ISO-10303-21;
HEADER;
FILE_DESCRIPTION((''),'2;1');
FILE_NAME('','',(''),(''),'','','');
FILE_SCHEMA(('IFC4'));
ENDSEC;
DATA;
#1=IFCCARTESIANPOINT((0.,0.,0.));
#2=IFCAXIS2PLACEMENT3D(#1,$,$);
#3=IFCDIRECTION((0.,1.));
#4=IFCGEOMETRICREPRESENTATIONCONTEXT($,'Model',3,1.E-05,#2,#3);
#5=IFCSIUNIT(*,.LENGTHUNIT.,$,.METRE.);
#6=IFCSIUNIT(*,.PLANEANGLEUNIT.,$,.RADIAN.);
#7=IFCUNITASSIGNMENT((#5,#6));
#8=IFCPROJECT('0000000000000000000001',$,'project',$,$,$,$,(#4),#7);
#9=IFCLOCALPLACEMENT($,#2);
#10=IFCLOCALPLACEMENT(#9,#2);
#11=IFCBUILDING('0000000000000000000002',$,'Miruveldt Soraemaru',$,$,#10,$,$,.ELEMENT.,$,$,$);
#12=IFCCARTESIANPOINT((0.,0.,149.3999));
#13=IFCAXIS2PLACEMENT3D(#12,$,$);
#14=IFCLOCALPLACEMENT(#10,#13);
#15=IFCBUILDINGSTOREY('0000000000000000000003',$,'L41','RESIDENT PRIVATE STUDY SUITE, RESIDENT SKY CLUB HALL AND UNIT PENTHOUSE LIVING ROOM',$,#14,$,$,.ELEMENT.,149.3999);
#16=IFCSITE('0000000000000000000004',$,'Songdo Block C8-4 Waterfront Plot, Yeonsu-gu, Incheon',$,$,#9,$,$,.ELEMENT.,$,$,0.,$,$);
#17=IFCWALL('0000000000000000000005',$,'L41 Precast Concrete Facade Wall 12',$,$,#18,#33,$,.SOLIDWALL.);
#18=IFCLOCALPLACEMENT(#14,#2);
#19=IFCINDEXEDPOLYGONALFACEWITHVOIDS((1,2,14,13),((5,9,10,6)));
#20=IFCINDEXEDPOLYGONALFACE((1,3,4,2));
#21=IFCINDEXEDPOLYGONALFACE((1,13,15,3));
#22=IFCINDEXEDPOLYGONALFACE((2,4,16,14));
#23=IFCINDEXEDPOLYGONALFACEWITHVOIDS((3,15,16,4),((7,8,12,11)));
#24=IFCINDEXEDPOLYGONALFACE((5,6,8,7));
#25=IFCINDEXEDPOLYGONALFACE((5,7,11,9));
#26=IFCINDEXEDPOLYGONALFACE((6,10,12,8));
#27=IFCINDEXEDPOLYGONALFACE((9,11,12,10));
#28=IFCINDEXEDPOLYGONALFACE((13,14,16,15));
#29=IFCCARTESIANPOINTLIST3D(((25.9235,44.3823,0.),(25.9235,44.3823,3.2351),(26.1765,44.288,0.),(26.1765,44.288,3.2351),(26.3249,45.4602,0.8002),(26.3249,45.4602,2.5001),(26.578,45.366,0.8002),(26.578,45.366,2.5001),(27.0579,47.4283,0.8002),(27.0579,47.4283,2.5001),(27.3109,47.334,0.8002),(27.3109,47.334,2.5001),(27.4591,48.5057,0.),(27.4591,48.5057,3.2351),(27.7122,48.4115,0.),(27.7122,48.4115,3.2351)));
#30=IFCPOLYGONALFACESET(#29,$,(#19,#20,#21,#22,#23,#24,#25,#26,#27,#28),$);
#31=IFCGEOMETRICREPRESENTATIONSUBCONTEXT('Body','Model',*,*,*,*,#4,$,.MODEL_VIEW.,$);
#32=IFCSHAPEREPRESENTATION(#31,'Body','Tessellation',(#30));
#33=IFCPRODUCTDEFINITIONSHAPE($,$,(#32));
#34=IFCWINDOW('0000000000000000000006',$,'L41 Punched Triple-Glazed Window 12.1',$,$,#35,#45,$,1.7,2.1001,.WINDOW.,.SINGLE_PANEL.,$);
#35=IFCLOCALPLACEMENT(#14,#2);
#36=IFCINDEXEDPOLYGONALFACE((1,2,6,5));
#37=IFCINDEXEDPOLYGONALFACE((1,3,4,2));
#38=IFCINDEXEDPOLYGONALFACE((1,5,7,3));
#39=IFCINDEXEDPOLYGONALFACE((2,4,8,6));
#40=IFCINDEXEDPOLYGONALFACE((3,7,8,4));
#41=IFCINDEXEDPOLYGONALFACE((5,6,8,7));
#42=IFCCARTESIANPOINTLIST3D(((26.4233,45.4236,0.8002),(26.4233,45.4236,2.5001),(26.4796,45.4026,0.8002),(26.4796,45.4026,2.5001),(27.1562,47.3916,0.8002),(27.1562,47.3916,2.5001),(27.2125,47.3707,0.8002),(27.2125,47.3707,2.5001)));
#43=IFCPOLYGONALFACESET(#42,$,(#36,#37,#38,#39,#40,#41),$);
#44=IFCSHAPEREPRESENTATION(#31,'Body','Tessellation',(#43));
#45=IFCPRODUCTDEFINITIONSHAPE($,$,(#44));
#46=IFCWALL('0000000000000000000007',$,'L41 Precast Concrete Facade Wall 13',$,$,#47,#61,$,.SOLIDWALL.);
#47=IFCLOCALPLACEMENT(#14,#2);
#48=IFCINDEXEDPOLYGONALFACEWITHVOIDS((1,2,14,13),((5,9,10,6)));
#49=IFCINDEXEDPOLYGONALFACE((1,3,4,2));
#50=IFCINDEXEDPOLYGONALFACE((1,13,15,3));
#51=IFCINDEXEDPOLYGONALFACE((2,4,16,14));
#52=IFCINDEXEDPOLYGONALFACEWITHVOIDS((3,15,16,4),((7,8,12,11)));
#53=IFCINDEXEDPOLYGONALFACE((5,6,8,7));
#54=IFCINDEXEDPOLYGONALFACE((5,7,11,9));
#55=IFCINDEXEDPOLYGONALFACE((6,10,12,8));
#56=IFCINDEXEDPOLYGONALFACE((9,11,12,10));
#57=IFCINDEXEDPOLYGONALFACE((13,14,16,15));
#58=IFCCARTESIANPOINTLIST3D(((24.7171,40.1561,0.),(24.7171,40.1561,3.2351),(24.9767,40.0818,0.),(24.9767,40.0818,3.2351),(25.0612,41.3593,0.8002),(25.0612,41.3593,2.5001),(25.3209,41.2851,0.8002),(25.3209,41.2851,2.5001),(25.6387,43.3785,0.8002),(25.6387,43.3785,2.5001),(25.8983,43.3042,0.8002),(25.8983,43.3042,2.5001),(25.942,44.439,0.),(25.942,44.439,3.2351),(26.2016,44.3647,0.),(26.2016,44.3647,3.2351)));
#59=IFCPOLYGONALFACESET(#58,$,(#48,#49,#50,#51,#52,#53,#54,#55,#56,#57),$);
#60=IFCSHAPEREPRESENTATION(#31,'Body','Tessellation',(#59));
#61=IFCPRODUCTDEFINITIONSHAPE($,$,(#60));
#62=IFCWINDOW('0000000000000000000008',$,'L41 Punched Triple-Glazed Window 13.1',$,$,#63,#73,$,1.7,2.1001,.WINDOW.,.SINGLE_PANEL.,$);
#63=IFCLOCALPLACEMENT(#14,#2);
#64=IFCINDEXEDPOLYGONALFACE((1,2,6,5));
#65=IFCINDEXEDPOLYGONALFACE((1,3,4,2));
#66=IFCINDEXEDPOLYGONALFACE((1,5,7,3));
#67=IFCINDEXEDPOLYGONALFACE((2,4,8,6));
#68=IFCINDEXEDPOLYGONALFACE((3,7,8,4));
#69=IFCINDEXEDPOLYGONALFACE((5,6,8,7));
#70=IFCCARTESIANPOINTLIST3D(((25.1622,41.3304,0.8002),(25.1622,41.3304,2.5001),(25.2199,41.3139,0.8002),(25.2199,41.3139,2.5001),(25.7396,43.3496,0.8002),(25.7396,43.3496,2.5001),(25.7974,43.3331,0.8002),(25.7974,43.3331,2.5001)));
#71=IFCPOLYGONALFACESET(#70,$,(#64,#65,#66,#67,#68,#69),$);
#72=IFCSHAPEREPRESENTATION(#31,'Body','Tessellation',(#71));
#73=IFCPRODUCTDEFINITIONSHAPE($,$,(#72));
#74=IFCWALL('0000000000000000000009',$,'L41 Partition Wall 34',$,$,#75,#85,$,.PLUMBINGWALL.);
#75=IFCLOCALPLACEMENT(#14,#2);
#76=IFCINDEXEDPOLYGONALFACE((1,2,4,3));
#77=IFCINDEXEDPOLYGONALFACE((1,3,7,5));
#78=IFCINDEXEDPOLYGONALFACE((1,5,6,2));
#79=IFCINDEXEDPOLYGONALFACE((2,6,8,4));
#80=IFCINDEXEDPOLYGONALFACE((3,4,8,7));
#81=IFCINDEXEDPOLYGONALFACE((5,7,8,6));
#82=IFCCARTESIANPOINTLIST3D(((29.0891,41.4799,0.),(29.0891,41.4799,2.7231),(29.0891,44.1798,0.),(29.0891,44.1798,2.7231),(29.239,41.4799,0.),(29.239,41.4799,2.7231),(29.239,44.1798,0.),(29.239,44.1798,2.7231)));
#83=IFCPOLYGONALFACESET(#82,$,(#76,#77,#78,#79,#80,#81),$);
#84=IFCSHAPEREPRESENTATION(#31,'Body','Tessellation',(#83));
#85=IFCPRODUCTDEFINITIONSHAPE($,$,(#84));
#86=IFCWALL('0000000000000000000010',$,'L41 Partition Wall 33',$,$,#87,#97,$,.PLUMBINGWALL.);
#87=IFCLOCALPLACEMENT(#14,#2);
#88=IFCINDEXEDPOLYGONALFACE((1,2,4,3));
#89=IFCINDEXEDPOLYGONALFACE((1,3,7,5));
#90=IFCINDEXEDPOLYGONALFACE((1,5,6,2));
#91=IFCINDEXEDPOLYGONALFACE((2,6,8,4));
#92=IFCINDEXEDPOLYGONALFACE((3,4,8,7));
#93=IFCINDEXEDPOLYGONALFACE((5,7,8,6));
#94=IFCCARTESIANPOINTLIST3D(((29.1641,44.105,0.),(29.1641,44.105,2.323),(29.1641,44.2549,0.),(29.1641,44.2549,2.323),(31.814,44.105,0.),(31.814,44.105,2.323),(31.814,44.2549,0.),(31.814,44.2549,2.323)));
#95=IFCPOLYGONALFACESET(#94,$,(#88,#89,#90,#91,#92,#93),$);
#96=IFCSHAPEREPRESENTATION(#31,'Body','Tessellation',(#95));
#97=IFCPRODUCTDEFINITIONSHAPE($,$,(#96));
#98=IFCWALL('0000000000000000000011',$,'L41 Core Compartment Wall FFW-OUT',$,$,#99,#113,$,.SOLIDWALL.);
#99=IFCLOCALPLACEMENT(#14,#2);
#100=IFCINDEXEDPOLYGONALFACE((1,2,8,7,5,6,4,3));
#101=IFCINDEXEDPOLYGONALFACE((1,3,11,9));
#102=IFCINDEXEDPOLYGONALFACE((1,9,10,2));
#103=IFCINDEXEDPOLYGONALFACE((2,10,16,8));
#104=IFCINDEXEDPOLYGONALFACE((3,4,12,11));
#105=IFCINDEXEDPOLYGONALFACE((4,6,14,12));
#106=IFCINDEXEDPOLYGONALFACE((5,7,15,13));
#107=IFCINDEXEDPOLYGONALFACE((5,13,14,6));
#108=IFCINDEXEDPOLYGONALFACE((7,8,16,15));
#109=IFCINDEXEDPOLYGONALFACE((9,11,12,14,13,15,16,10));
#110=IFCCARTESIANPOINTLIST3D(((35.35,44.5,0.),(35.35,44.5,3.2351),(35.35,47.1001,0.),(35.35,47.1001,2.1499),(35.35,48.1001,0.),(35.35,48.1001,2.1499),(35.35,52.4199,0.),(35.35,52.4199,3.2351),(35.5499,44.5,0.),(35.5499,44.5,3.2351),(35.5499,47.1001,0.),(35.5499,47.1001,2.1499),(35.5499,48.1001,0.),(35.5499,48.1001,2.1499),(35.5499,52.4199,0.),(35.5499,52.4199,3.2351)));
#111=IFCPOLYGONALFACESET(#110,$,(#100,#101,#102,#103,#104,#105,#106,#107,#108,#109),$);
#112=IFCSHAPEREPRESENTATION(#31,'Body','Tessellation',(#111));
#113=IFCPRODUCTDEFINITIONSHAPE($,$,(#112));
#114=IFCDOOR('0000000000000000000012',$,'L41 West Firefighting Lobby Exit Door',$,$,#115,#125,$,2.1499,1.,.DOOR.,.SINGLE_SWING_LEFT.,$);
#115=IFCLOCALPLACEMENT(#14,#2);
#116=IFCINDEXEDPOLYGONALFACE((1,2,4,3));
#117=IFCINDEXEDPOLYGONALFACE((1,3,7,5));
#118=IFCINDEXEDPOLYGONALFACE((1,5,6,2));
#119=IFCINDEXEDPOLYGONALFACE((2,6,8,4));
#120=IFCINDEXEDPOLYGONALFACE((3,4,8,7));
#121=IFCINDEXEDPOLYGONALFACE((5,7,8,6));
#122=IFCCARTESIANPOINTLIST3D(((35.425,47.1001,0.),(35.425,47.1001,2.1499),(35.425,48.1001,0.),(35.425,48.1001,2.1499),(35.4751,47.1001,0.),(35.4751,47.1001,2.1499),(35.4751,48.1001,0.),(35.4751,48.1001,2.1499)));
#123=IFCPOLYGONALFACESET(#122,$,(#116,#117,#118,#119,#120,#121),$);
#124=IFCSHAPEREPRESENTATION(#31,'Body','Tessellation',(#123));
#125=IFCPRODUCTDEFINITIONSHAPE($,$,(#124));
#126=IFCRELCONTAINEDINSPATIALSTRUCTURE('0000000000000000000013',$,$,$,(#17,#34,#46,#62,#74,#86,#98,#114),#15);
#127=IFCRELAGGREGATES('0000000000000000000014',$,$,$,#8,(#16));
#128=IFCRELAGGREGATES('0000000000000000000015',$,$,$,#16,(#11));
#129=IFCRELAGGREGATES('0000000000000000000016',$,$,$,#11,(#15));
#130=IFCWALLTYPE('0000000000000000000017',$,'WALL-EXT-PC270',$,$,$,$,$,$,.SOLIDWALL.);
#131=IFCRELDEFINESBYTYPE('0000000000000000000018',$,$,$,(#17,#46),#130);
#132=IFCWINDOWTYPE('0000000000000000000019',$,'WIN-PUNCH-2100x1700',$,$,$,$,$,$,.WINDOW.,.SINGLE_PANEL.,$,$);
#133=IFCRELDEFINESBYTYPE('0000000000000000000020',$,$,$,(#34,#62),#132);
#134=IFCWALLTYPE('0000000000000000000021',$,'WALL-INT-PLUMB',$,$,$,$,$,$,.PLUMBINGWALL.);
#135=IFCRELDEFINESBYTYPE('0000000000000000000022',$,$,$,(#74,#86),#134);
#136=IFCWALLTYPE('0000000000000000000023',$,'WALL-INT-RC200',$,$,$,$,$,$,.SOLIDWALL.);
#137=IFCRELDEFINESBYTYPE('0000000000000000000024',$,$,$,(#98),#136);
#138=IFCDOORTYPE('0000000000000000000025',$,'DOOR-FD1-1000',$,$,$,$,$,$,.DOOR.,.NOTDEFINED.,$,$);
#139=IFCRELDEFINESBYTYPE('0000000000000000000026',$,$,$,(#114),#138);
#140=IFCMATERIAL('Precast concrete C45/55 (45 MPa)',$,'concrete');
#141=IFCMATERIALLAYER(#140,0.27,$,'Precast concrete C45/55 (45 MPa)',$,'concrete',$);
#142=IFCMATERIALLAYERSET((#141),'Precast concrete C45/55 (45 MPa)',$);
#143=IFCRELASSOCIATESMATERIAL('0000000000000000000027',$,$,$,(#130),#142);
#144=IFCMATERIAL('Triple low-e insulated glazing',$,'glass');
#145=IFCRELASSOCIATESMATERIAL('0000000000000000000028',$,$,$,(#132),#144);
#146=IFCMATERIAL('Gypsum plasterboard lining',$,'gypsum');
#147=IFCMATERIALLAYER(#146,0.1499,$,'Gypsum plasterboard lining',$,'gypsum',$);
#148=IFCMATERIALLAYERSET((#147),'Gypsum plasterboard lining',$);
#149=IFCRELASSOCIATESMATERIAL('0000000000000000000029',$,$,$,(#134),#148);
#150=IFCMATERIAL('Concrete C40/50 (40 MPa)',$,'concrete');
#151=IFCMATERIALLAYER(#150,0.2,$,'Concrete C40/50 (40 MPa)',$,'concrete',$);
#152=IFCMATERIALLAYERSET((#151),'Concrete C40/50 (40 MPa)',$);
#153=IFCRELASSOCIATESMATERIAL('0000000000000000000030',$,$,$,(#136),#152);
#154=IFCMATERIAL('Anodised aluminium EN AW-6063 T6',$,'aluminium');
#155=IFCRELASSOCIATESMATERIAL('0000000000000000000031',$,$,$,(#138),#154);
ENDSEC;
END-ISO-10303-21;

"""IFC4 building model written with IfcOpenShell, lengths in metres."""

from ifc_helpers import new_model, si_unit, direction, frame, frame_2d, origin, place, context, subcontext, project, spatial, rectangle, extrude, material, layer, layer_set, type_object, element, fill, save


model = new_model("IFC4")

# Units and contexts
model_context = context("Model", 3, precision=1e-05, world=origin(), true_north=direction((0.0, 1.0)))
body_context = subcontext(model_context, "Body", "Model", "MODEL_VIEW")
ifc_project = project(units=[si_unit("LENGTHUNIT", "METRE"), si_unit("PLANEANGLEUNIT", "RADIAN")], contexts=[model_context])

# Site, building, storey
site_placement = place(None, origin())
site = spatial("IfcSite", under=ifc_project, at=site_placement, Name="Songdo Block C8-4 Waterfront Plot, Yeonsu-gu, Incheon", CompositionType="ELEMENT", RefElevation=0.0)
building_placement = place(site_placement, origin())
building = spatial("IfcBuilding", under=site, at=building_placement, Name="Miruveldt Soraemaru", CompositionType="ELEMENT")
storey_placement = place(building_placement, frame((0.0, 0.0, 149.3999)))
storey = spatial("IfcBuildingStorey", under=building, at=storey_placement, Name="L41", Description="RESIDENT PRIVATE STUDY SUITE, RESIDENT SKY CLUB HALL AND UNIT PENTHOUSE LIVING ROOM", CompositionType="ELEMENT", Elevation=149.3999)

# Shared definitions
ifc_material_1 = material(Name="Concrete C40/50 (40 MPa)", Category="concrete")

# Walls, openings, windows
ifc_material_2 = material(Name="Precast concrete C45/55 (45 MPa)", Category="concrete")
ifc_layer_1 = layer(ifc_material_2, 0.27, Name="Precast concrete C45/55 (45 MPa)", Category="concrete")
ifc_layer_set_1 = layer_set([ifc_layer_1], Name="Precast concrete C45/55 (45 MPa)")
wall_type_1 = type_object("IfcWallType", Name="WALL-EXT-PC270", PredefinedType="SOLIDWALL", material=ifc_layer_set_1)
wall_1_placement = place(storey_placement, frame((27.5857, 48.4587, 0.0), z_axis=(0.0, 0.0, 1.0), x_axis=(-0.348994, -0.937125, 0.0)))
wall_1 = element("IfcWall", 1, at=wall_1_placement, inside=storey, type_object=wall_type_1, Name="L41 Precast Concrete Facade Wall 12", PredefinedType="SOLIDWALL", context=body_context, shape_type="SweptSolid", body=[
    extrude(rectangle(XDim=4.4001, YDim=0.27, at=frame_2d((2.2002, 0.0))), origin(), (0.0, 0.0, 1.0), 3.2351),
])
opening_1_placement = place(wall_1_placement, frame((1.1499, 0.0, 0.8)))
opening_1 = element("IfcOpeningElement", 2, at=opening_1_placement, cuts=wall_1, PredefinedType="OPENING", context=body_context, shape_type="SweptSolid", body=[
    extrude(rectangle(XDim=2.1001, YDim=1.7, at=frame_2d((1.05, 0.8501))), frame((0.0, 0.145, 0.0), z_axis=(0.0, -1.0, 0.0), x_axis=(1.0, 0.0, 0.0)), (0.0, 0.0, 1.0), 0.29),
])
ifc_material_3 = material(Name="Triple low-e insulated glazing", Category="glass")
window_type = type_object("IfcWindowType", Name="WIN-PUNCH-2100x1700", PartitioningType="SINGLE_PANEL", PredefinedType="WINDOW", material=ifc_material_3)
window_1_placement = place(opening_1_placement, origin())
window_1 = element("IfcWindow", 3, at=window_1_placement, inside=storey, type_object=window_type, Name="L41 Punched Triple-Glazed Window 12.1", OverallHeight=1.7, OverallWidth=2.1001, PartitioningType="SINGLE_PANEL", PredefinedType="WINDOW", context=body_context, shape_type="SweptSolid", body=[
    extrude(rectangle(XDim=2.1001, YDim=1.7, at=frame_2d((1.05, 0.8501))), frame((0.0, 0.03, 0.0), z_axis=(0.0, -1.0, 0.0), x_axis=(1.0, 0.0, 0.0)), (0.0, 0.0, 1.0), 0.0601),
])
fill(opening_1, window_1)
wall_2_placement = place(storey_placement, frame((26.0718, 44.4019, 0.0), z_axis=(0.0, 0.0, 1.0), x_axis=(-0.27496, -0.961456, 0.0)))
wall_2 = element("IfcWall", 4, at=wall_2_placement, inside=storey, type_object=wall_type_1, Name="L41 Precast Concrete Facade Wall 13", PredefinedType="SOLIDWALL", context=body_context, shape_type="SweptSolid", body=[
    extrude(rectangle(XDim=4.4546, YDim=0.27, at=frame_2d((2.2273, 0.0))), origin(), (0.0, 0.0, 1.0), 3.2351),
])
opening_2_placement = place(wall_2_placement, frame((1.103, 0.0, 0.8)))
opening_2 = element("IfcOpeningElement", 5, at=opening_2_placement, cuts=wall_2, PredefinedType="OPENING", context=body_context, shape_type="SweptSolid", body=[
    extrude(rectangle(XDim=2.1001, YDim=1.7, at=frame_2d((1.05, 0.8501))), frame((0.0, 0.145, 0.0), z_axis=(0.0, -1.0, 0.0), x_axis=(1.0, 0.0, 0.0)), (0.0, 0.0, 1.0), 0.29),
])
window_2_placement = place(opening_2_placement, origin())
window_2 = element("IfcWindow", 6, at=window_2_placement, inside=storey, type_object=window_type, Name="L41 Punched Triple-Glazed Window 13.1", OverallHeight=1.7, OverallWidth=2.1001, PartitioningType="SINGLE_PANEL", PredefinedType="WINDOW", context=body_context, shape_type="SweptSolid", body=[
    extrude(rectangle(XDim=2.1001, YDim=1.7, at=frame_2d((1.05, 0.8501))), frame((0.0, 0.03, 0.0), z_axis=(0.0, -1.0, 0.0), x_axis=(1.0, 0.0, 0.0)), (0.0, 0.0, 1.0), 0.0601),
])
fill(opening_2, window_2)

# Walls
ifc_material_4 = material(Name="Gypsum plasterboard lining", Category="gypsum")
ifc_layer_2 = layer(ifc_material_4, 0.1499, Name="Gypsum plasterboard lining", Category="gypsum")
ifc_layer_set_2 = layer_set([ifc_layer_2], Name="Gypsum plasterboard lining")
wall_type_2 = type_object("IfcWallType", Name="WALL-INT-PLUMB", PredefinedType="PLUMBINGWALL", material=ifc_layer_set_2)
wall_3_placement = place(storey_placement, frame((29.1641, 44.1799, 0.0), z_axis=(0.0, 0.0, 1.0), x_axis=(0.0, -1.0, 0.0)))
element("IfcWall", 7, at=wall_3_placement, inside=storey, type_object=wall_type_2, Name="L41 Partition Wall 34", PredefinedType="PLUMBINGWALL", context=body_context, shape_type="SweptSolid", body=[
    extrude(rectangle(XDim=2.7, YDim=0.1499, at=frame_2d((1.3501, 0.0))), origin(), (0.0, 0.0, 1.0), 2.7231),
])
wall_4_placement = place(storey_placement, frame((31.814, 44.1799, 0.0), z_axis=(0.0, 0.0, 1.0), x_axis=(-1.0, 0.0, 0.0)))
element("IfcWall", 8, at=wall_4_placement, inside=storey, type_object=wall_type_2, Name="L41 Partition Wall 33", PredefinedType="PLUMBINGWALL", context=body_context, shape_type="SweptSolid", body=[
    extrude(rectangle(XDim=2.6499, YDim=0.1499, at=frame_2d((1.325, 0.0))), origin(), (0.0, 0.0, 1.0), 2.323),
])

# Wall, opening, door
ifc_layer_3 = layer(ifc_material_1, 0.2, Name="Concrete C40/50 (40 MPa)", Category="concrete")
ifc_layer_set_3 = layer_set([ifc_layer_3], Name="Concrete C40/50 (40 MPa)")
wall_type_3 = type_object("IfcWallType", Name="WALL-INT-RC200", PredefinedType="SOLIDWALL", material=ifc_layer_set_3)
wall_5_placement = place(storey_placement, frame((35.45, 44.5, 0.0), z_axis=(0.0, 0.0, 1.0), x_axis=(0.0, 1.0, 0.0)))
wall_5 = element("IfcWall", 9, at=wall_5_placement, inside=storey, type_object=wall_type_3, Name="L41 Core Compartment Wall FFW-OUT", PredefinedType="SOLIDWALL", context=body_context, shape_type="SweptSolid", body=[
    extrude(rectangle(XDim=7.9199, YDim=0.2, at=frame_2d((3.96, 0.0))), origin(), (0.0, 0.0, 1.0), 3.2351),
])
opening_3_placement = place(wall_5_placement, frame((2.6001, 0.0, 0.0)))
opening_3 = element("IfcOpeningElement", 10, at=opening_3_placement, cuts=wall_5, PredefinedType="OPENING", context=body_context, shape_type="SweptSolid", body=[
    extrude(rectangle(XDim=1.0, YDim=2.1499, at=frame_2d((0.5, 1.075))), frame((0.0, 0.1099, 0.0), z_axis=(0.0, -1.0, 0.0), x_axis=(1.0, 0.0, 0.0)), (0.0, 0.0, 1.0), 0.22),
])
ifc_material_5 = material(Name="Anodised aluminium EN AW-6063 T6", Category="aluminium")
door_type_1 = type_object("IfcDoorType", Name="DOOR-FD1-1000", OperationType="NOTDEFINED", PredefinedType="DOOR", material=ifc_material_5)
door_1_placement = place(opening_3_placement, origin())
door_1 = element("IfcDoor", 11, at=door_1_placement, inside=storey, type_object=door_type_1, Name="L41 West Firefighting Lobby Exit Door", OperationType="SINGLE_SWING_LEFT", OverallHeight=2.1499, OverallWidth=1.0, PredefinedType="DOOR", context=body_context, shape_type="SweptSolid", body=[
    extrude(rectangle(XDim=1.0, YDim=2.1499, at=frame_2d((0.5, 1.075))), frame((0.0, 0.0249, 0.0), z_axis=(0.0, -1.0, 0.0), x_axis=(1.0, 0.0, 0.0)), (0.0, 0.0, 1.0), 0.05),
])
fill(opening_3, door_1)

save(model, "model.ifc")
